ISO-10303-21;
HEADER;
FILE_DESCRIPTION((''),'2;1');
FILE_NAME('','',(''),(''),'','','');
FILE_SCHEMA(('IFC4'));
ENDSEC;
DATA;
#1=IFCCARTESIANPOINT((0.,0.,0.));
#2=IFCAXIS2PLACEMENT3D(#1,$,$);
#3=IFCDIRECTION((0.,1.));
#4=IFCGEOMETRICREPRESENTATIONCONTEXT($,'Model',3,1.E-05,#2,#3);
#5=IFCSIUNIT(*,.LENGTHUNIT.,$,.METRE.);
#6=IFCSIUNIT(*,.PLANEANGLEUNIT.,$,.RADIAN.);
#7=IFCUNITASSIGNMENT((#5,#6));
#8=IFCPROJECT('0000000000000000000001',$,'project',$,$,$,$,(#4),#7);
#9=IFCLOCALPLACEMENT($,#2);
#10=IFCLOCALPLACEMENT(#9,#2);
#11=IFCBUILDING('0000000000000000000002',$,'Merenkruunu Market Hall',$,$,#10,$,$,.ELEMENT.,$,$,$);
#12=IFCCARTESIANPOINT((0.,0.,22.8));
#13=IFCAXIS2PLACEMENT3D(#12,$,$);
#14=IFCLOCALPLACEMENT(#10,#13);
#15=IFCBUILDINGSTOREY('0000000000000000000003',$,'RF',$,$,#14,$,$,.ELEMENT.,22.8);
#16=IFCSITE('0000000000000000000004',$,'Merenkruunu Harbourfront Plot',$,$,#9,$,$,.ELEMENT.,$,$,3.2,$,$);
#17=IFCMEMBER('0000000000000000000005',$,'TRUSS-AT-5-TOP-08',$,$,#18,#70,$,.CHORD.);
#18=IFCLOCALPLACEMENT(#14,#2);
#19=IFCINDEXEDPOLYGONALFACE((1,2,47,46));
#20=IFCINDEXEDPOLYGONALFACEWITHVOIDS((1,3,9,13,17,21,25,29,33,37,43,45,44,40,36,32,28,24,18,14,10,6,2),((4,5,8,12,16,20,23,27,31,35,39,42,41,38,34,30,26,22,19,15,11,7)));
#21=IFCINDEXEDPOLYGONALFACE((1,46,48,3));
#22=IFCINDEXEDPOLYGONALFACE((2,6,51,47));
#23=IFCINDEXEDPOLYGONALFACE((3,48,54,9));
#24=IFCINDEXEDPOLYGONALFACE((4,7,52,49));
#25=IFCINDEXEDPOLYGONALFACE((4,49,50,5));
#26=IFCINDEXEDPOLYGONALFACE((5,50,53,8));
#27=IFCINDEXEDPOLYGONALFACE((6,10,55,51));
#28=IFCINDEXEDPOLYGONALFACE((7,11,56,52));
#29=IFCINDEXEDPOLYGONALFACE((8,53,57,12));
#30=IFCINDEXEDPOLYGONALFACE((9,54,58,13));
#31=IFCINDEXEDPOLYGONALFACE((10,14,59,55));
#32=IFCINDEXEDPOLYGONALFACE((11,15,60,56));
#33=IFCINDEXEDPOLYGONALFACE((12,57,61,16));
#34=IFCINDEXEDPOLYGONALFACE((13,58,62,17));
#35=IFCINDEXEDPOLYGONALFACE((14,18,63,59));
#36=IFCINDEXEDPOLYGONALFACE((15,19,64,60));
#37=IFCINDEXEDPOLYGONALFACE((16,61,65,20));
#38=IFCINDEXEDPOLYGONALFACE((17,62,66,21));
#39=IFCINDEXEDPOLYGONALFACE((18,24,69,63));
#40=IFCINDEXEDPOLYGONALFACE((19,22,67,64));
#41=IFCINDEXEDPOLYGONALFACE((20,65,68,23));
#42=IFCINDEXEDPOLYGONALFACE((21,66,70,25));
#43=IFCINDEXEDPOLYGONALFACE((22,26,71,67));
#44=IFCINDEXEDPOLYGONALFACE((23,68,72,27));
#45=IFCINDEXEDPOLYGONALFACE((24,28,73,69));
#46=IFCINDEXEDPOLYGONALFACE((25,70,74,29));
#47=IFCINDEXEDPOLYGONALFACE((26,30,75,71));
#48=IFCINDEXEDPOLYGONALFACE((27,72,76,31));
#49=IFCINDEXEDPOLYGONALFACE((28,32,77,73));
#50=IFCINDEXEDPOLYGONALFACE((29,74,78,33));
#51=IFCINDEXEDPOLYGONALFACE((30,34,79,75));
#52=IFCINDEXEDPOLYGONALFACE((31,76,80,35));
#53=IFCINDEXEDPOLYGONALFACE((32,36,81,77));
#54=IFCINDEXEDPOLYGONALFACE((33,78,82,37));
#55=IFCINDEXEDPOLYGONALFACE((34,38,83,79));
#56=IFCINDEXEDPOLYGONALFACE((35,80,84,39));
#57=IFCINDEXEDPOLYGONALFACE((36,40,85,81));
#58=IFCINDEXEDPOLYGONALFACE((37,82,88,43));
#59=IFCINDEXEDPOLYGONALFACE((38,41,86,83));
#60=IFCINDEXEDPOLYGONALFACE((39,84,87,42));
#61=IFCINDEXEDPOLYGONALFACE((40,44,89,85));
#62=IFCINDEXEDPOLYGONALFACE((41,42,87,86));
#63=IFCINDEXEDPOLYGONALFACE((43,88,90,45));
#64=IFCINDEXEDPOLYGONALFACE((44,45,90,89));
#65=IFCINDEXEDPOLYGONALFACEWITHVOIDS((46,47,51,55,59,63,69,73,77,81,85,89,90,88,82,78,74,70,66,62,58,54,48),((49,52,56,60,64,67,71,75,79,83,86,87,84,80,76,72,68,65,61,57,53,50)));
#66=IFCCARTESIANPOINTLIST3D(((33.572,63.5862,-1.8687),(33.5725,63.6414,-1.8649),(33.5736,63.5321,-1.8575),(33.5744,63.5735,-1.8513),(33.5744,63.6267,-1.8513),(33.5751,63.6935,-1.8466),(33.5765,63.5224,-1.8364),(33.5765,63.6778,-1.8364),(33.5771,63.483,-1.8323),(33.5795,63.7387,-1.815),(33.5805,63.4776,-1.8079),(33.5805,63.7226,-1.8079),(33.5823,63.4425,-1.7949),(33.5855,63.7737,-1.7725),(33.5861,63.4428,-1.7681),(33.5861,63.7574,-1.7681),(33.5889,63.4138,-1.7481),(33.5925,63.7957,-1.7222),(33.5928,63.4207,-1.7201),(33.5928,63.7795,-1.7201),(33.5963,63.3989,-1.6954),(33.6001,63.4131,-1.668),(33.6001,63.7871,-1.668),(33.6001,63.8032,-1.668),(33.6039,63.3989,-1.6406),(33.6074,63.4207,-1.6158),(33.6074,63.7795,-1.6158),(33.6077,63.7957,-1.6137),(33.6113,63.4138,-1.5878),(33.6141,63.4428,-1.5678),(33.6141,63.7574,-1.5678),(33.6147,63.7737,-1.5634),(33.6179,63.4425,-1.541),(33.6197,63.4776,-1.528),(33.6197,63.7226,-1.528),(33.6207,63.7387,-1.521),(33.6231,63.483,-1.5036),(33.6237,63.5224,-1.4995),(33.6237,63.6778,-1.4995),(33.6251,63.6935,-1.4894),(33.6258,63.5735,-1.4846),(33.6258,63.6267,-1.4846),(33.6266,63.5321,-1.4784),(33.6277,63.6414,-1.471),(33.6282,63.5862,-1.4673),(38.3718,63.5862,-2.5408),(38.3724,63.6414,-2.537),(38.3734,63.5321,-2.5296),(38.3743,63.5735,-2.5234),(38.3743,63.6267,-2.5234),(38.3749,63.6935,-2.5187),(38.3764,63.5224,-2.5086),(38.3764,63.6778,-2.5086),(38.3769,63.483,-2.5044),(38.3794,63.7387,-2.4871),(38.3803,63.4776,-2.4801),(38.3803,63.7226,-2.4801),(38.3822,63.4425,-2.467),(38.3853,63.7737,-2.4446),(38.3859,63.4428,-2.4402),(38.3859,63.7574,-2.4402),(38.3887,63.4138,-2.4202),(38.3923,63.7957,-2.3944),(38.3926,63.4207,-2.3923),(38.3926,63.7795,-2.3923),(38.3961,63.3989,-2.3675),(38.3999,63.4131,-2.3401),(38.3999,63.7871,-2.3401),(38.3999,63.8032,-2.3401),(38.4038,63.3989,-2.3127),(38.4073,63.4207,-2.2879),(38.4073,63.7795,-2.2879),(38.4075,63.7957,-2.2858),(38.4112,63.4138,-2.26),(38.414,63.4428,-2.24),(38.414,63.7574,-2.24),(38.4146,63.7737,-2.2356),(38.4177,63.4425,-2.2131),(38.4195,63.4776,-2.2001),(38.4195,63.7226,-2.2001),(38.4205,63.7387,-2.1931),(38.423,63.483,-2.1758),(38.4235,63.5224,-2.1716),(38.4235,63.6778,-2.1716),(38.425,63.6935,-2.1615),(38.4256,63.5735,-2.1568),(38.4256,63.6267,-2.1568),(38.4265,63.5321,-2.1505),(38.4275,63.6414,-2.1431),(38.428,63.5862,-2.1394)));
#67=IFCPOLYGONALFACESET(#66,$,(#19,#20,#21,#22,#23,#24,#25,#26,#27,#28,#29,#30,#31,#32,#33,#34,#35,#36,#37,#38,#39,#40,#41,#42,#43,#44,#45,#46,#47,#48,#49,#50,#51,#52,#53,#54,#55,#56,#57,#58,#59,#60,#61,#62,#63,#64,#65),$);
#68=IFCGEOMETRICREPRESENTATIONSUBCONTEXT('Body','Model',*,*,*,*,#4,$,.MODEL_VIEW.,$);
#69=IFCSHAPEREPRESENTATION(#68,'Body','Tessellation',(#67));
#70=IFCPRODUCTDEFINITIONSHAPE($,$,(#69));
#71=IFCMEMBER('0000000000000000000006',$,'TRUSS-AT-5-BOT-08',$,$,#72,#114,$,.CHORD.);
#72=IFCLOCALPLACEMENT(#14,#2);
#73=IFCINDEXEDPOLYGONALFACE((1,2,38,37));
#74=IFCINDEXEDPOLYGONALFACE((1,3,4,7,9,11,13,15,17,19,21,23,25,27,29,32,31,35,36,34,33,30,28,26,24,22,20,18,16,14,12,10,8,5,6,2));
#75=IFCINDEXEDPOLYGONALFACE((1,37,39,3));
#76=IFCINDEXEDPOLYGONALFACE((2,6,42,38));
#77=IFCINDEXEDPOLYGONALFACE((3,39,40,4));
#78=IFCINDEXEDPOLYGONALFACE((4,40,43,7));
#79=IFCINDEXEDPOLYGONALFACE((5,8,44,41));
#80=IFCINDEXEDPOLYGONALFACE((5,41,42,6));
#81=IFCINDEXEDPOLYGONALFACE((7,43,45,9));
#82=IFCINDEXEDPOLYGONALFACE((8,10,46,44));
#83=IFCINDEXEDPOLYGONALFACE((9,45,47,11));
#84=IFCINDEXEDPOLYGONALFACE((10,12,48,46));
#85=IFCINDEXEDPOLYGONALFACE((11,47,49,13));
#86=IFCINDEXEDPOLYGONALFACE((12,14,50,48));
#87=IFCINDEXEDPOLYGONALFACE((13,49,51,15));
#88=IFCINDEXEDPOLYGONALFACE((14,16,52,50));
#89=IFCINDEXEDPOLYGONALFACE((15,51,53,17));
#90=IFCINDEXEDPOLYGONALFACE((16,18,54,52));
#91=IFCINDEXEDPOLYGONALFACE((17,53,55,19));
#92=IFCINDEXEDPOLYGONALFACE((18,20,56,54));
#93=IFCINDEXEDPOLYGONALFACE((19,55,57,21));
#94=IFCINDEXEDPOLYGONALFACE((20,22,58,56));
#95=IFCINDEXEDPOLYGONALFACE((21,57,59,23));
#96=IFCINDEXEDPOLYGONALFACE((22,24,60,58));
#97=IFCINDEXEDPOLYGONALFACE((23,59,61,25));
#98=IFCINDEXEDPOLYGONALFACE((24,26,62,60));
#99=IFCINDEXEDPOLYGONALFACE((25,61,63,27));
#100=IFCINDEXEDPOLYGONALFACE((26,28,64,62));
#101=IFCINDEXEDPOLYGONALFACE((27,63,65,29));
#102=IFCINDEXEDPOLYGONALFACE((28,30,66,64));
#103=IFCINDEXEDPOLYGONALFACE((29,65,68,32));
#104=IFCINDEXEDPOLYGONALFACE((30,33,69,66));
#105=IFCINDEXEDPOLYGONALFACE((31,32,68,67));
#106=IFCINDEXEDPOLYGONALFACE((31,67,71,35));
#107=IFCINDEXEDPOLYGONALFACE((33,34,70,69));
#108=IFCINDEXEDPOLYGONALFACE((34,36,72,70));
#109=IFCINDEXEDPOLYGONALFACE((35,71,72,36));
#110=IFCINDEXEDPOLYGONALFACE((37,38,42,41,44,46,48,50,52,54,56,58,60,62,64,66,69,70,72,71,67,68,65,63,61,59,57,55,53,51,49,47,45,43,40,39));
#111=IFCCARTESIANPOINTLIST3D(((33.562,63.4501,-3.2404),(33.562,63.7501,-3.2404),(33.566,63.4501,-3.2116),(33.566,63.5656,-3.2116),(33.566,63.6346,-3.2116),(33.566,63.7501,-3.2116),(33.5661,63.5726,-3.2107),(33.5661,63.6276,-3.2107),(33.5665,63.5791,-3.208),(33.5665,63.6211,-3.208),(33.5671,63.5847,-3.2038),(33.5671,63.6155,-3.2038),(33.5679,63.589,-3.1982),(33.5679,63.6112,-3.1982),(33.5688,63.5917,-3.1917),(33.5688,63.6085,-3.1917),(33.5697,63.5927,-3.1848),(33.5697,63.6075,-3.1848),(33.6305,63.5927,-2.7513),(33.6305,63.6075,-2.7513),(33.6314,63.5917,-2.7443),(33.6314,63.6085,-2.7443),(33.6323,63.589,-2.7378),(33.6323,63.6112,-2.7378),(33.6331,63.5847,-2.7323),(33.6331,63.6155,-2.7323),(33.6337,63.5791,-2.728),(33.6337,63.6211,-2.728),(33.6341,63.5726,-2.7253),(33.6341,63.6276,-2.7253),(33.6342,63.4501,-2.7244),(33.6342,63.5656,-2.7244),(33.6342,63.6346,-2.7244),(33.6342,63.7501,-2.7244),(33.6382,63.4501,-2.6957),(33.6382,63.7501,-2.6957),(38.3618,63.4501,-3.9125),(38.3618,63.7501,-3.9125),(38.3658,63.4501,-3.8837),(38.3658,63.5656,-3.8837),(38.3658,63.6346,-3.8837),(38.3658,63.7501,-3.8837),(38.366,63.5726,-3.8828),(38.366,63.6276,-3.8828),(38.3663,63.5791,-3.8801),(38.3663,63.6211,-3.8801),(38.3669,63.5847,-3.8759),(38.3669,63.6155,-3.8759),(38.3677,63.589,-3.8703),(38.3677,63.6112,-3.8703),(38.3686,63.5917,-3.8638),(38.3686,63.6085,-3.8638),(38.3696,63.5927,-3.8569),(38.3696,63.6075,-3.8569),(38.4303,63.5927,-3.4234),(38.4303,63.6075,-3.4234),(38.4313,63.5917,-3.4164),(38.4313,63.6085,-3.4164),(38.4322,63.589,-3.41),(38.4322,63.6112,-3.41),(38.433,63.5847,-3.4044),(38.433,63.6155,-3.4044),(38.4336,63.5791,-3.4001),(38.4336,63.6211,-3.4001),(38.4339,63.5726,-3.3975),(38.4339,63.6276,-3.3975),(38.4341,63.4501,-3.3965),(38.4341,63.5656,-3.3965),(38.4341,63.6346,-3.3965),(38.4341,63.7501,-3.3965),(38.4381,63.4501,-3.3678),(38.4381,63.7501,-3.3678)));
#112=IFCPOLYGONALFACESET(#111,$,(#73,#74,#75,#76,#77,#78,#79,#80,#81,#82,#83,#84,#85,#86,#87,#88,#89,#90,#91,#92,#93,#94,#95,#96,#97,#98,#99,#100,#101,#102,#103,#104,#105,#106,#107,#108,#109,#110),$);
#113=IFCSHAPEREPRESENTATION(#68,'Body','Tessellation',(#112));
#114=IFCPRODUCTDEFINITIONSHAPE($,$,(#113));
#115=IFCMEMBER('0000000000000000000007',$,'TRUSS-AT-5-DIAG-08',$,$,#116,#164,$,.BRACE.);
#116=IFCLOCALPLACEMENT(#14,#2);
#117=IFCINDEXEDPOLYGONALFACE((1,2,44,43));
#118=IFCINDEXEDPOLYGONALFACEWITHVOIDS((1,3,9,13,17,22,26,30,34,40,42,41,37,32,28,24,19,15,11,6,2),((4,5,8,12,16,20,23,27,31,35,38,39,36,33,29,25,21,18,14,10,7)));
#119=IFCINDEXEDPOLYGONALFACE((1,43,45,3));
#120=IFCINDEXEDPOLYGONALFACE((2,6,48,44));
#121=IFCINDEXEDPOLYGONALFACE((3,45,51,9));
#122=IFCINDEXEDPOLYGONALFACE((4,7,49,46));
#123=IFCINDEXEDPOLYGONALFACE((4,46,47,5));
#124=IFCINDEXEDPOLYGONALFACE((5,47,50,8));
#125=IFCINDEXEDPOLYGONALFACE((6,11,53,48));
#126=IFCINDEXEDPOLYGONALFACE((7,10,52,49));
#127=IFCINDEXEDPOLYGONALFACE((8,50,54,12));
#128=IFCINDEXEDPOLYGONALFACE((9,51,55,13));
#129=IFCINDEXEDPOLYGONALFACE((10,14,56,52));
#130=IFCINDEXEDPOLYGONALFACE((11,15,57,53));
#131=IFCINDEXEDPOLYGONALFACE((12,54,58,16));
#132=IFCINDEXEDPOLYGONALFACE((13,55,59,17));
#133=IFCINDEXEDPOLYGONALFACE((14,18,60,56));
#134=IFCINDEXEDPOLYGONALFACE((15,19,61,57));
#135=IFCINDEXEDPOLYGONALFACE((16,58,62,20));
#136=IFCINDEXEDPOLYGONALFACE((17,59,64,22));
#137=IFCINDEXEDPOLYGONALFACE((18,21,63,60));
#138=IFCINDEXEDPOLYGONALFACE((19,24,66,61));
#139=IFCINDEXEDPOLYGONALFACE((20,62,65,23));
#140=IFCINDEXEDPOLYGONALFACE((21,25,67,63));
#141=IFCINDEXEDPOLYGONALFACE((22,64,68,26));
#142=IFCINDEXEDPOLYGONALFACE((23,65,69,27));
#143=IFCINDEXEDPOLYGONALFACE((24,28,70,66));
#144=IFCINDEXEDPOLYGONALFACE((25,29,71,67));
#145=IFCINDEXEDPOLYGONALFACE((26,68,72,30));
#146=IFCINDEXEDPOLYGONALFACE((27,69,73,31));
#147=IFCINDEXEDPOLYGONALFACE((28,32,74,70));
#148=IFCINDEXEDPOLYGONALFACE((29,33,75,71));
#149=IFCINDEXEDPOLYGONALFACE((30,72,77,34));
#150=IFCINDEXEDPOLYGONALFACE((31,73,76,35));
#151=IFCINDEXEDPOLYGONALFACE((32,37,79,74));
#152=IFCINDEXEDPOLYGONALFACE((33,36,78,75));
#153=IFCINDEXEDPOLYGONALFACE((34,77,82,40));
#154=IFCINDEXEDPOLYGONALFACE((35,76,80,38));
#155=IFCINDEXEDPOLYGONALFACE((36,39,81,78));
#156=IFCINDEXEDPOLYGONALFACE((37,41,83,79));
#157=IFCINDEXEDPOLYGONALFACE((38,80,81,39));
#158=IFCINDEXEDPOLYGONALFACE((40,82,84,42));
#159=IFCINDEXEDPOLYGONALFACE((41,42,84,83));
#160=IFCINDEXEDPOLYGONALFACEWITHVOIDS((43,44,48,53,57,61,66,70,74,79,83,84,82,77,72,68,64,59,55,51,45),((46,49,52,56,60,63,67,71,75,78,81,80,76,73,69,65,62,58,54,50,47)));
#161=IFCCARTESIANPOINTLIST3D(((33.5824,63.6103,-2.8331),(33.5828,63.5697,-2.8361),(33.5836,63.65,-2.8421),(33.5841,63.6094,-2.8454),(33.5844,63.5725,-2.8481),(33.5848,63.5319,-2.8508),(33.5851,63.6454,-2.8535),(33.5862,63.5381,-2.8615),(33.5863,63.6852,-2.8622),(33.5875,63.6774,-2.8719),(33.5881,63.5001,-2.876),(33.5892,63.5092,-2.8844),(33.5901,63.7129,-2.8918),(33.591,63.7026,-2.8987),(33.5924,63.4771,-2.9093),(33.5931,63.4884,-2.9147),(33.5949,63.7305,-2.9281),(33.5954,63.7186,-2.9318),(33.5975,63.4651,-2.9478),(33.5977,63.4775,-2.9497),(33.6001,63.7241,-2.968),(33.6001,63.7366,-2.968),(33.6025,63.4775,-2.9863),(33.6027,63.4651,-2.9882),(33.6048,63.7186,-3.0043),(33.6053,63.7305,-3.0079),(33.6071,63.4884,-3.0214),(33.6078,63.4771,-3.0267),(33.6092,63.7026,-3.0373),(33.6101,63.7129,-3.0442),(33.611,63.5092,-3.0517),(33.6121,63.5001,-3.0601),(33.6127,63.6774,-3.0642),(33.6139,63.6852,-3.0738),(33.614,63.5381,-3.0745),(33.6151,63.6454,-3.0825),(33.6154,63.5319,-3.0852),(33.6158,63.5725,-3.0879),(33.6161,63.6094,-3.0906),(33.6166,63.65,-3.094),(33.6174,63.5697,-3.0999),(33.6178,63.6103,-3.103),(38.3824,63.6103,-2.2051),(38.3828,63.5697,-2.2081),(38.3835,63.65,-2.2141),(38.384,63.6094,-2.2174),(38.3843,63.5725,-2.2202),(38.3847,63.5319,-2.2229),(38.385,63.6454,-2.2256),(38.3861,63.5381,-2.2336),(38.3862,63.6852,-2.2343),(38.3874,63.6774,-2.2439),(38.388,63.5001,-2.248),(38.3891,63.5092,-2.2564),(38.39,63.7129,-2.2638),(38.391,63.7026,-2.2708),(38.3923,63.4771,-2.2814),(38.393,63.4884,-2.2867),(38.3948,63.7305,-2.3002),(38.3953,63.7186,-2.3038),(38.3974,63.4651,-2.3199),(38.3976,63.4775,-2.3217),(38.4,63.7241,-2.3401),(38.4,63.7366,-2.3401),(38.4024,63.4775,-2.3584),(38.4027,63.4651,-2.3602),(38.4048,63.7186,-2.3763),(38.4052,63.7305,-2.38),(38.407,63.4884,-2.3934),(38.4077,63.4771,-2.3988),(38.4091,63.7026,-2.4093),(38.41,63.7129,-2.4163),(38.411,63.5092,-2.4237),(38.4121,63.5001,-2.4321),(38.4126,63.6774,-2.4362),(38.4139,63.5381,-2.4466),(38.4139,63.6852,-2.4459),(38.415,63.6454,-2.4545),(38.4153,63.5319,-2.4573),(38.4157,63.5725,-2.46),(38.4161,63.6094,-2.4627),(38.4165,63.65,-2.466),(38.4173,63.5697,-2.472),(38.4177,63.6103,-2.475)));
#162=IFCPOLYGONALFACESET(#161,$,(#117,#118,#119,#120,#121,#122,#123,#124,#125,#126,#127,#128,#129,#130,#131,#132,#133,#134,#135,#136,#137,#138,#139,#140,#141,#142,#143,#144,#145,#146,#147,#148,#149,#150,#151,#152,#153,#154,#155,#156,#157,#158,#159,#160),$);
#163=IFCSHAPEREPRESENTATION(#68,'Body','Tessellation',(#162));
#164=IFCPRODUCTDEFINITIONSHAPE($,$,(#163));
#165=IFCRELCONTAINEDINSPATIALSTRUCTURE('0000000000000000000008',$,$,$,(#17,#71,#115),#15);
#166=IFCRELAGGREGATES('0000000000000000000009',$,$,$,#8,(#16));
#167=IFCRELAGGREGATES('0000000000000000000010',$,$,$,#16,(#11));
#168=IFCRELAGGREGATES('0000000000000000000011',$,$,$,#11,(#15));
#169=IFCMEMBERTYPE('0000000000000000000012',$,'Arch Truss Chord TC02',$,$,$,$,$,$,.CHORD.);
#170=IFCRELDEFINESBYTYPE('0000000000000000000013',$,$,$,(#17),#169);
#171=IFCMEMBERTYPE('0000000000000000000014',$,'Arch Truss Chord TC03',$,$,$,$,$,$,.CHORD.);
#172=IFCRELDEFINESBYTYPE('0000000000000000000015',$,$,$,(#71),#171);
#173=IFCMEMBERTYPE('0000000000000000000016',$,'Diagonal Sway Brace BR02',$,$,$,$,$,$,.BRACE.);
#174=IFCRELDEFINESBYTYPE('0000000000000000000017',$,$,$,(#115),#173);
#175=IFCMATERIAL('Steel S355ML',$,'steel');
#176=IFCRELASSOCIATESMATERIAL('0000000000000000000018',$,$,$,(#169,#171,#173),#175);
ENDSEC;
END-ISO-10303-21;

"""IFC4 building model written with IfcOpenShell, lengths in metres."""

from ifc_helpers import new_model, si_unit, direction, frame, origin, origin_2d, place, context, subcontext, project, spatial, hollow_circle, i_section, extrude, material, material_profile, profile_set, type_object, element, save


model = new_model("IFC4")

# Units and contexts
model_context = context("Model", 3, precision=1e-05, world=origin(), true_north=direction((0.0, 1.0)))
body_context = subcontext(model_context, "Body", "Model", "MODEL_VIEW")
ifc_project = project(units=[si_unit("LENGTHUNIT", "METRE"), si_unit("PLANEANGLEUNIT", "RADIAN")], contexts=[model_context])

# Site, building, storey
site_placement = place(None, origin())
site = spatial("IfcSite", under=ifc_project, at=site_placement, Name="Merenkruunu Harbourfront Plot", CompositionType="ELEMENT", RefElevation=3.2)
building_placement = place(site_placement, origin())
building = spatial("IfcBuilding", under=site, at=building_placement, Name="Merenkruunu Market Hall", CompositionType="ELEMENT")
storey_placement = place(building_placement, frame((0.0, 0.0, 22.8)))
storey = spatial("IfcBuildingStorey", under=building, at=storey_placement, Name="RF", CompositionType="ELEMENT", Elevation=22.8)

# Members
ifc_material_1 = material(Name="Steel S355ML", Category="steel")
ifc_material_profile_1 = material_profile(ifc_material_1, hollow_circle(Radius=0.2031, WallThickness=0.0161, at=origin_2d()), Name="CHS 406.4x16")
ifc_profile_set_1 = profile_set([ifc_material_profile_1], Name="Steel S355ML")
member_type_1 = type_object("IfcMemberType", Name="Arch Truss Chord TC02", PredefinedType="CHORD", material=ifc_profile_set_1)
member_1_placement = place(storey_placement, frame((33.6001, 63.6001, -1.668), z_axis=(0.990338, 0.0, -0.138677), x_axis=(0.0, 1.0, 0.0)))
element("IfcMember", 1, at=member_1_placement, inside=storey, type_object=member_type_1, Name="TRUSS-AT-5-TOP-08", PredefinedType="CHORD", context=body_context, shape_type="SweptSolid", body=[
    extrude(hollow_circle(Radius=0.2031, WallThickness=0.0161, at=origin_2d()), origin(), (0.0, 0.0, 1.0), 4.8467),
])
ifc_material_profile_2 = material_profile(ifc_material_1, i_section(OverallWidth=0.3, OverallDepth=0.55, WebThickness=0.0149, FlangeThickness=0.0291, FilletRadius=0.0271, at=origin_2d()), Name="HEB 550")
ifc_profile_set_2 = profile_set([ifc_material_profile_2], Name="Steel S355ML")
member_type_2 = type_object("IfcMemberType", Name="Arch Truss Chord TC03", PredefinedType="CHORD", material=ifc_profile_set_2)
member_2_placement = place(storey_placement, frame((33.6001, 63.6001, -2.968), z_axis=(0.990338, 0.0, -0.138677), x_axis=(0.0, 1.0, 0.0)))
element("IfcMember", 2, at=member_2_placement, inside=storey, type_object=member_type_2, Name="TRUSS-AT-5-BOT-08", PredefinedType="CHORD", context=body_context, shape_type="SweptSolid", body=[
    extrude(i_section(OverallWidth=0.3, OverallDepth=0.55, WebThickness=0.0149, FlangeThickness=0.0291, FilletRadius=0.0271, at=origin_2d()), origin(), (0.0, 0.0, 1.0), 4.8467),
])
ifc_material_profile_3 = material_profile(ifc_material_1, hollow_circle(Radius=0.1365, WallThickness=0.0125, at=origin_2d()), Name="CHS 273x12.5")
ifc_profile_set_3 = profile_set([ifc_material_profile_3], Name="Steel S355ML")
member_type_3 = type_object("IfcMemberType", Name="Diagonal Sway Brace BR02", PredefinedType="BRACE", material=ifc_profile_set_3)
member_3_placement = place(storey_placement, frame((33.6001, 63.6001, -2.968), z_axis=(0.991551, 0.0, 0.129719), x_axis=(0.0, 1.0, 0.0)))
element("IfcMember", 3, at=member_3_placement, inside=storey, type_object=member_type_3, Name="TRUSS-AT-5-DIAG-08", PredefinedType="BRACE", context=body_context, shape_type="SweptSolid", body=[
    extrude(hollow_circle(Radius=0.1365, WallThickness=0.0125, at=origin_2d()), origin(), (0.0, 0.0, 1.0), 4.8408),
])

save(model, "model.ifc")
